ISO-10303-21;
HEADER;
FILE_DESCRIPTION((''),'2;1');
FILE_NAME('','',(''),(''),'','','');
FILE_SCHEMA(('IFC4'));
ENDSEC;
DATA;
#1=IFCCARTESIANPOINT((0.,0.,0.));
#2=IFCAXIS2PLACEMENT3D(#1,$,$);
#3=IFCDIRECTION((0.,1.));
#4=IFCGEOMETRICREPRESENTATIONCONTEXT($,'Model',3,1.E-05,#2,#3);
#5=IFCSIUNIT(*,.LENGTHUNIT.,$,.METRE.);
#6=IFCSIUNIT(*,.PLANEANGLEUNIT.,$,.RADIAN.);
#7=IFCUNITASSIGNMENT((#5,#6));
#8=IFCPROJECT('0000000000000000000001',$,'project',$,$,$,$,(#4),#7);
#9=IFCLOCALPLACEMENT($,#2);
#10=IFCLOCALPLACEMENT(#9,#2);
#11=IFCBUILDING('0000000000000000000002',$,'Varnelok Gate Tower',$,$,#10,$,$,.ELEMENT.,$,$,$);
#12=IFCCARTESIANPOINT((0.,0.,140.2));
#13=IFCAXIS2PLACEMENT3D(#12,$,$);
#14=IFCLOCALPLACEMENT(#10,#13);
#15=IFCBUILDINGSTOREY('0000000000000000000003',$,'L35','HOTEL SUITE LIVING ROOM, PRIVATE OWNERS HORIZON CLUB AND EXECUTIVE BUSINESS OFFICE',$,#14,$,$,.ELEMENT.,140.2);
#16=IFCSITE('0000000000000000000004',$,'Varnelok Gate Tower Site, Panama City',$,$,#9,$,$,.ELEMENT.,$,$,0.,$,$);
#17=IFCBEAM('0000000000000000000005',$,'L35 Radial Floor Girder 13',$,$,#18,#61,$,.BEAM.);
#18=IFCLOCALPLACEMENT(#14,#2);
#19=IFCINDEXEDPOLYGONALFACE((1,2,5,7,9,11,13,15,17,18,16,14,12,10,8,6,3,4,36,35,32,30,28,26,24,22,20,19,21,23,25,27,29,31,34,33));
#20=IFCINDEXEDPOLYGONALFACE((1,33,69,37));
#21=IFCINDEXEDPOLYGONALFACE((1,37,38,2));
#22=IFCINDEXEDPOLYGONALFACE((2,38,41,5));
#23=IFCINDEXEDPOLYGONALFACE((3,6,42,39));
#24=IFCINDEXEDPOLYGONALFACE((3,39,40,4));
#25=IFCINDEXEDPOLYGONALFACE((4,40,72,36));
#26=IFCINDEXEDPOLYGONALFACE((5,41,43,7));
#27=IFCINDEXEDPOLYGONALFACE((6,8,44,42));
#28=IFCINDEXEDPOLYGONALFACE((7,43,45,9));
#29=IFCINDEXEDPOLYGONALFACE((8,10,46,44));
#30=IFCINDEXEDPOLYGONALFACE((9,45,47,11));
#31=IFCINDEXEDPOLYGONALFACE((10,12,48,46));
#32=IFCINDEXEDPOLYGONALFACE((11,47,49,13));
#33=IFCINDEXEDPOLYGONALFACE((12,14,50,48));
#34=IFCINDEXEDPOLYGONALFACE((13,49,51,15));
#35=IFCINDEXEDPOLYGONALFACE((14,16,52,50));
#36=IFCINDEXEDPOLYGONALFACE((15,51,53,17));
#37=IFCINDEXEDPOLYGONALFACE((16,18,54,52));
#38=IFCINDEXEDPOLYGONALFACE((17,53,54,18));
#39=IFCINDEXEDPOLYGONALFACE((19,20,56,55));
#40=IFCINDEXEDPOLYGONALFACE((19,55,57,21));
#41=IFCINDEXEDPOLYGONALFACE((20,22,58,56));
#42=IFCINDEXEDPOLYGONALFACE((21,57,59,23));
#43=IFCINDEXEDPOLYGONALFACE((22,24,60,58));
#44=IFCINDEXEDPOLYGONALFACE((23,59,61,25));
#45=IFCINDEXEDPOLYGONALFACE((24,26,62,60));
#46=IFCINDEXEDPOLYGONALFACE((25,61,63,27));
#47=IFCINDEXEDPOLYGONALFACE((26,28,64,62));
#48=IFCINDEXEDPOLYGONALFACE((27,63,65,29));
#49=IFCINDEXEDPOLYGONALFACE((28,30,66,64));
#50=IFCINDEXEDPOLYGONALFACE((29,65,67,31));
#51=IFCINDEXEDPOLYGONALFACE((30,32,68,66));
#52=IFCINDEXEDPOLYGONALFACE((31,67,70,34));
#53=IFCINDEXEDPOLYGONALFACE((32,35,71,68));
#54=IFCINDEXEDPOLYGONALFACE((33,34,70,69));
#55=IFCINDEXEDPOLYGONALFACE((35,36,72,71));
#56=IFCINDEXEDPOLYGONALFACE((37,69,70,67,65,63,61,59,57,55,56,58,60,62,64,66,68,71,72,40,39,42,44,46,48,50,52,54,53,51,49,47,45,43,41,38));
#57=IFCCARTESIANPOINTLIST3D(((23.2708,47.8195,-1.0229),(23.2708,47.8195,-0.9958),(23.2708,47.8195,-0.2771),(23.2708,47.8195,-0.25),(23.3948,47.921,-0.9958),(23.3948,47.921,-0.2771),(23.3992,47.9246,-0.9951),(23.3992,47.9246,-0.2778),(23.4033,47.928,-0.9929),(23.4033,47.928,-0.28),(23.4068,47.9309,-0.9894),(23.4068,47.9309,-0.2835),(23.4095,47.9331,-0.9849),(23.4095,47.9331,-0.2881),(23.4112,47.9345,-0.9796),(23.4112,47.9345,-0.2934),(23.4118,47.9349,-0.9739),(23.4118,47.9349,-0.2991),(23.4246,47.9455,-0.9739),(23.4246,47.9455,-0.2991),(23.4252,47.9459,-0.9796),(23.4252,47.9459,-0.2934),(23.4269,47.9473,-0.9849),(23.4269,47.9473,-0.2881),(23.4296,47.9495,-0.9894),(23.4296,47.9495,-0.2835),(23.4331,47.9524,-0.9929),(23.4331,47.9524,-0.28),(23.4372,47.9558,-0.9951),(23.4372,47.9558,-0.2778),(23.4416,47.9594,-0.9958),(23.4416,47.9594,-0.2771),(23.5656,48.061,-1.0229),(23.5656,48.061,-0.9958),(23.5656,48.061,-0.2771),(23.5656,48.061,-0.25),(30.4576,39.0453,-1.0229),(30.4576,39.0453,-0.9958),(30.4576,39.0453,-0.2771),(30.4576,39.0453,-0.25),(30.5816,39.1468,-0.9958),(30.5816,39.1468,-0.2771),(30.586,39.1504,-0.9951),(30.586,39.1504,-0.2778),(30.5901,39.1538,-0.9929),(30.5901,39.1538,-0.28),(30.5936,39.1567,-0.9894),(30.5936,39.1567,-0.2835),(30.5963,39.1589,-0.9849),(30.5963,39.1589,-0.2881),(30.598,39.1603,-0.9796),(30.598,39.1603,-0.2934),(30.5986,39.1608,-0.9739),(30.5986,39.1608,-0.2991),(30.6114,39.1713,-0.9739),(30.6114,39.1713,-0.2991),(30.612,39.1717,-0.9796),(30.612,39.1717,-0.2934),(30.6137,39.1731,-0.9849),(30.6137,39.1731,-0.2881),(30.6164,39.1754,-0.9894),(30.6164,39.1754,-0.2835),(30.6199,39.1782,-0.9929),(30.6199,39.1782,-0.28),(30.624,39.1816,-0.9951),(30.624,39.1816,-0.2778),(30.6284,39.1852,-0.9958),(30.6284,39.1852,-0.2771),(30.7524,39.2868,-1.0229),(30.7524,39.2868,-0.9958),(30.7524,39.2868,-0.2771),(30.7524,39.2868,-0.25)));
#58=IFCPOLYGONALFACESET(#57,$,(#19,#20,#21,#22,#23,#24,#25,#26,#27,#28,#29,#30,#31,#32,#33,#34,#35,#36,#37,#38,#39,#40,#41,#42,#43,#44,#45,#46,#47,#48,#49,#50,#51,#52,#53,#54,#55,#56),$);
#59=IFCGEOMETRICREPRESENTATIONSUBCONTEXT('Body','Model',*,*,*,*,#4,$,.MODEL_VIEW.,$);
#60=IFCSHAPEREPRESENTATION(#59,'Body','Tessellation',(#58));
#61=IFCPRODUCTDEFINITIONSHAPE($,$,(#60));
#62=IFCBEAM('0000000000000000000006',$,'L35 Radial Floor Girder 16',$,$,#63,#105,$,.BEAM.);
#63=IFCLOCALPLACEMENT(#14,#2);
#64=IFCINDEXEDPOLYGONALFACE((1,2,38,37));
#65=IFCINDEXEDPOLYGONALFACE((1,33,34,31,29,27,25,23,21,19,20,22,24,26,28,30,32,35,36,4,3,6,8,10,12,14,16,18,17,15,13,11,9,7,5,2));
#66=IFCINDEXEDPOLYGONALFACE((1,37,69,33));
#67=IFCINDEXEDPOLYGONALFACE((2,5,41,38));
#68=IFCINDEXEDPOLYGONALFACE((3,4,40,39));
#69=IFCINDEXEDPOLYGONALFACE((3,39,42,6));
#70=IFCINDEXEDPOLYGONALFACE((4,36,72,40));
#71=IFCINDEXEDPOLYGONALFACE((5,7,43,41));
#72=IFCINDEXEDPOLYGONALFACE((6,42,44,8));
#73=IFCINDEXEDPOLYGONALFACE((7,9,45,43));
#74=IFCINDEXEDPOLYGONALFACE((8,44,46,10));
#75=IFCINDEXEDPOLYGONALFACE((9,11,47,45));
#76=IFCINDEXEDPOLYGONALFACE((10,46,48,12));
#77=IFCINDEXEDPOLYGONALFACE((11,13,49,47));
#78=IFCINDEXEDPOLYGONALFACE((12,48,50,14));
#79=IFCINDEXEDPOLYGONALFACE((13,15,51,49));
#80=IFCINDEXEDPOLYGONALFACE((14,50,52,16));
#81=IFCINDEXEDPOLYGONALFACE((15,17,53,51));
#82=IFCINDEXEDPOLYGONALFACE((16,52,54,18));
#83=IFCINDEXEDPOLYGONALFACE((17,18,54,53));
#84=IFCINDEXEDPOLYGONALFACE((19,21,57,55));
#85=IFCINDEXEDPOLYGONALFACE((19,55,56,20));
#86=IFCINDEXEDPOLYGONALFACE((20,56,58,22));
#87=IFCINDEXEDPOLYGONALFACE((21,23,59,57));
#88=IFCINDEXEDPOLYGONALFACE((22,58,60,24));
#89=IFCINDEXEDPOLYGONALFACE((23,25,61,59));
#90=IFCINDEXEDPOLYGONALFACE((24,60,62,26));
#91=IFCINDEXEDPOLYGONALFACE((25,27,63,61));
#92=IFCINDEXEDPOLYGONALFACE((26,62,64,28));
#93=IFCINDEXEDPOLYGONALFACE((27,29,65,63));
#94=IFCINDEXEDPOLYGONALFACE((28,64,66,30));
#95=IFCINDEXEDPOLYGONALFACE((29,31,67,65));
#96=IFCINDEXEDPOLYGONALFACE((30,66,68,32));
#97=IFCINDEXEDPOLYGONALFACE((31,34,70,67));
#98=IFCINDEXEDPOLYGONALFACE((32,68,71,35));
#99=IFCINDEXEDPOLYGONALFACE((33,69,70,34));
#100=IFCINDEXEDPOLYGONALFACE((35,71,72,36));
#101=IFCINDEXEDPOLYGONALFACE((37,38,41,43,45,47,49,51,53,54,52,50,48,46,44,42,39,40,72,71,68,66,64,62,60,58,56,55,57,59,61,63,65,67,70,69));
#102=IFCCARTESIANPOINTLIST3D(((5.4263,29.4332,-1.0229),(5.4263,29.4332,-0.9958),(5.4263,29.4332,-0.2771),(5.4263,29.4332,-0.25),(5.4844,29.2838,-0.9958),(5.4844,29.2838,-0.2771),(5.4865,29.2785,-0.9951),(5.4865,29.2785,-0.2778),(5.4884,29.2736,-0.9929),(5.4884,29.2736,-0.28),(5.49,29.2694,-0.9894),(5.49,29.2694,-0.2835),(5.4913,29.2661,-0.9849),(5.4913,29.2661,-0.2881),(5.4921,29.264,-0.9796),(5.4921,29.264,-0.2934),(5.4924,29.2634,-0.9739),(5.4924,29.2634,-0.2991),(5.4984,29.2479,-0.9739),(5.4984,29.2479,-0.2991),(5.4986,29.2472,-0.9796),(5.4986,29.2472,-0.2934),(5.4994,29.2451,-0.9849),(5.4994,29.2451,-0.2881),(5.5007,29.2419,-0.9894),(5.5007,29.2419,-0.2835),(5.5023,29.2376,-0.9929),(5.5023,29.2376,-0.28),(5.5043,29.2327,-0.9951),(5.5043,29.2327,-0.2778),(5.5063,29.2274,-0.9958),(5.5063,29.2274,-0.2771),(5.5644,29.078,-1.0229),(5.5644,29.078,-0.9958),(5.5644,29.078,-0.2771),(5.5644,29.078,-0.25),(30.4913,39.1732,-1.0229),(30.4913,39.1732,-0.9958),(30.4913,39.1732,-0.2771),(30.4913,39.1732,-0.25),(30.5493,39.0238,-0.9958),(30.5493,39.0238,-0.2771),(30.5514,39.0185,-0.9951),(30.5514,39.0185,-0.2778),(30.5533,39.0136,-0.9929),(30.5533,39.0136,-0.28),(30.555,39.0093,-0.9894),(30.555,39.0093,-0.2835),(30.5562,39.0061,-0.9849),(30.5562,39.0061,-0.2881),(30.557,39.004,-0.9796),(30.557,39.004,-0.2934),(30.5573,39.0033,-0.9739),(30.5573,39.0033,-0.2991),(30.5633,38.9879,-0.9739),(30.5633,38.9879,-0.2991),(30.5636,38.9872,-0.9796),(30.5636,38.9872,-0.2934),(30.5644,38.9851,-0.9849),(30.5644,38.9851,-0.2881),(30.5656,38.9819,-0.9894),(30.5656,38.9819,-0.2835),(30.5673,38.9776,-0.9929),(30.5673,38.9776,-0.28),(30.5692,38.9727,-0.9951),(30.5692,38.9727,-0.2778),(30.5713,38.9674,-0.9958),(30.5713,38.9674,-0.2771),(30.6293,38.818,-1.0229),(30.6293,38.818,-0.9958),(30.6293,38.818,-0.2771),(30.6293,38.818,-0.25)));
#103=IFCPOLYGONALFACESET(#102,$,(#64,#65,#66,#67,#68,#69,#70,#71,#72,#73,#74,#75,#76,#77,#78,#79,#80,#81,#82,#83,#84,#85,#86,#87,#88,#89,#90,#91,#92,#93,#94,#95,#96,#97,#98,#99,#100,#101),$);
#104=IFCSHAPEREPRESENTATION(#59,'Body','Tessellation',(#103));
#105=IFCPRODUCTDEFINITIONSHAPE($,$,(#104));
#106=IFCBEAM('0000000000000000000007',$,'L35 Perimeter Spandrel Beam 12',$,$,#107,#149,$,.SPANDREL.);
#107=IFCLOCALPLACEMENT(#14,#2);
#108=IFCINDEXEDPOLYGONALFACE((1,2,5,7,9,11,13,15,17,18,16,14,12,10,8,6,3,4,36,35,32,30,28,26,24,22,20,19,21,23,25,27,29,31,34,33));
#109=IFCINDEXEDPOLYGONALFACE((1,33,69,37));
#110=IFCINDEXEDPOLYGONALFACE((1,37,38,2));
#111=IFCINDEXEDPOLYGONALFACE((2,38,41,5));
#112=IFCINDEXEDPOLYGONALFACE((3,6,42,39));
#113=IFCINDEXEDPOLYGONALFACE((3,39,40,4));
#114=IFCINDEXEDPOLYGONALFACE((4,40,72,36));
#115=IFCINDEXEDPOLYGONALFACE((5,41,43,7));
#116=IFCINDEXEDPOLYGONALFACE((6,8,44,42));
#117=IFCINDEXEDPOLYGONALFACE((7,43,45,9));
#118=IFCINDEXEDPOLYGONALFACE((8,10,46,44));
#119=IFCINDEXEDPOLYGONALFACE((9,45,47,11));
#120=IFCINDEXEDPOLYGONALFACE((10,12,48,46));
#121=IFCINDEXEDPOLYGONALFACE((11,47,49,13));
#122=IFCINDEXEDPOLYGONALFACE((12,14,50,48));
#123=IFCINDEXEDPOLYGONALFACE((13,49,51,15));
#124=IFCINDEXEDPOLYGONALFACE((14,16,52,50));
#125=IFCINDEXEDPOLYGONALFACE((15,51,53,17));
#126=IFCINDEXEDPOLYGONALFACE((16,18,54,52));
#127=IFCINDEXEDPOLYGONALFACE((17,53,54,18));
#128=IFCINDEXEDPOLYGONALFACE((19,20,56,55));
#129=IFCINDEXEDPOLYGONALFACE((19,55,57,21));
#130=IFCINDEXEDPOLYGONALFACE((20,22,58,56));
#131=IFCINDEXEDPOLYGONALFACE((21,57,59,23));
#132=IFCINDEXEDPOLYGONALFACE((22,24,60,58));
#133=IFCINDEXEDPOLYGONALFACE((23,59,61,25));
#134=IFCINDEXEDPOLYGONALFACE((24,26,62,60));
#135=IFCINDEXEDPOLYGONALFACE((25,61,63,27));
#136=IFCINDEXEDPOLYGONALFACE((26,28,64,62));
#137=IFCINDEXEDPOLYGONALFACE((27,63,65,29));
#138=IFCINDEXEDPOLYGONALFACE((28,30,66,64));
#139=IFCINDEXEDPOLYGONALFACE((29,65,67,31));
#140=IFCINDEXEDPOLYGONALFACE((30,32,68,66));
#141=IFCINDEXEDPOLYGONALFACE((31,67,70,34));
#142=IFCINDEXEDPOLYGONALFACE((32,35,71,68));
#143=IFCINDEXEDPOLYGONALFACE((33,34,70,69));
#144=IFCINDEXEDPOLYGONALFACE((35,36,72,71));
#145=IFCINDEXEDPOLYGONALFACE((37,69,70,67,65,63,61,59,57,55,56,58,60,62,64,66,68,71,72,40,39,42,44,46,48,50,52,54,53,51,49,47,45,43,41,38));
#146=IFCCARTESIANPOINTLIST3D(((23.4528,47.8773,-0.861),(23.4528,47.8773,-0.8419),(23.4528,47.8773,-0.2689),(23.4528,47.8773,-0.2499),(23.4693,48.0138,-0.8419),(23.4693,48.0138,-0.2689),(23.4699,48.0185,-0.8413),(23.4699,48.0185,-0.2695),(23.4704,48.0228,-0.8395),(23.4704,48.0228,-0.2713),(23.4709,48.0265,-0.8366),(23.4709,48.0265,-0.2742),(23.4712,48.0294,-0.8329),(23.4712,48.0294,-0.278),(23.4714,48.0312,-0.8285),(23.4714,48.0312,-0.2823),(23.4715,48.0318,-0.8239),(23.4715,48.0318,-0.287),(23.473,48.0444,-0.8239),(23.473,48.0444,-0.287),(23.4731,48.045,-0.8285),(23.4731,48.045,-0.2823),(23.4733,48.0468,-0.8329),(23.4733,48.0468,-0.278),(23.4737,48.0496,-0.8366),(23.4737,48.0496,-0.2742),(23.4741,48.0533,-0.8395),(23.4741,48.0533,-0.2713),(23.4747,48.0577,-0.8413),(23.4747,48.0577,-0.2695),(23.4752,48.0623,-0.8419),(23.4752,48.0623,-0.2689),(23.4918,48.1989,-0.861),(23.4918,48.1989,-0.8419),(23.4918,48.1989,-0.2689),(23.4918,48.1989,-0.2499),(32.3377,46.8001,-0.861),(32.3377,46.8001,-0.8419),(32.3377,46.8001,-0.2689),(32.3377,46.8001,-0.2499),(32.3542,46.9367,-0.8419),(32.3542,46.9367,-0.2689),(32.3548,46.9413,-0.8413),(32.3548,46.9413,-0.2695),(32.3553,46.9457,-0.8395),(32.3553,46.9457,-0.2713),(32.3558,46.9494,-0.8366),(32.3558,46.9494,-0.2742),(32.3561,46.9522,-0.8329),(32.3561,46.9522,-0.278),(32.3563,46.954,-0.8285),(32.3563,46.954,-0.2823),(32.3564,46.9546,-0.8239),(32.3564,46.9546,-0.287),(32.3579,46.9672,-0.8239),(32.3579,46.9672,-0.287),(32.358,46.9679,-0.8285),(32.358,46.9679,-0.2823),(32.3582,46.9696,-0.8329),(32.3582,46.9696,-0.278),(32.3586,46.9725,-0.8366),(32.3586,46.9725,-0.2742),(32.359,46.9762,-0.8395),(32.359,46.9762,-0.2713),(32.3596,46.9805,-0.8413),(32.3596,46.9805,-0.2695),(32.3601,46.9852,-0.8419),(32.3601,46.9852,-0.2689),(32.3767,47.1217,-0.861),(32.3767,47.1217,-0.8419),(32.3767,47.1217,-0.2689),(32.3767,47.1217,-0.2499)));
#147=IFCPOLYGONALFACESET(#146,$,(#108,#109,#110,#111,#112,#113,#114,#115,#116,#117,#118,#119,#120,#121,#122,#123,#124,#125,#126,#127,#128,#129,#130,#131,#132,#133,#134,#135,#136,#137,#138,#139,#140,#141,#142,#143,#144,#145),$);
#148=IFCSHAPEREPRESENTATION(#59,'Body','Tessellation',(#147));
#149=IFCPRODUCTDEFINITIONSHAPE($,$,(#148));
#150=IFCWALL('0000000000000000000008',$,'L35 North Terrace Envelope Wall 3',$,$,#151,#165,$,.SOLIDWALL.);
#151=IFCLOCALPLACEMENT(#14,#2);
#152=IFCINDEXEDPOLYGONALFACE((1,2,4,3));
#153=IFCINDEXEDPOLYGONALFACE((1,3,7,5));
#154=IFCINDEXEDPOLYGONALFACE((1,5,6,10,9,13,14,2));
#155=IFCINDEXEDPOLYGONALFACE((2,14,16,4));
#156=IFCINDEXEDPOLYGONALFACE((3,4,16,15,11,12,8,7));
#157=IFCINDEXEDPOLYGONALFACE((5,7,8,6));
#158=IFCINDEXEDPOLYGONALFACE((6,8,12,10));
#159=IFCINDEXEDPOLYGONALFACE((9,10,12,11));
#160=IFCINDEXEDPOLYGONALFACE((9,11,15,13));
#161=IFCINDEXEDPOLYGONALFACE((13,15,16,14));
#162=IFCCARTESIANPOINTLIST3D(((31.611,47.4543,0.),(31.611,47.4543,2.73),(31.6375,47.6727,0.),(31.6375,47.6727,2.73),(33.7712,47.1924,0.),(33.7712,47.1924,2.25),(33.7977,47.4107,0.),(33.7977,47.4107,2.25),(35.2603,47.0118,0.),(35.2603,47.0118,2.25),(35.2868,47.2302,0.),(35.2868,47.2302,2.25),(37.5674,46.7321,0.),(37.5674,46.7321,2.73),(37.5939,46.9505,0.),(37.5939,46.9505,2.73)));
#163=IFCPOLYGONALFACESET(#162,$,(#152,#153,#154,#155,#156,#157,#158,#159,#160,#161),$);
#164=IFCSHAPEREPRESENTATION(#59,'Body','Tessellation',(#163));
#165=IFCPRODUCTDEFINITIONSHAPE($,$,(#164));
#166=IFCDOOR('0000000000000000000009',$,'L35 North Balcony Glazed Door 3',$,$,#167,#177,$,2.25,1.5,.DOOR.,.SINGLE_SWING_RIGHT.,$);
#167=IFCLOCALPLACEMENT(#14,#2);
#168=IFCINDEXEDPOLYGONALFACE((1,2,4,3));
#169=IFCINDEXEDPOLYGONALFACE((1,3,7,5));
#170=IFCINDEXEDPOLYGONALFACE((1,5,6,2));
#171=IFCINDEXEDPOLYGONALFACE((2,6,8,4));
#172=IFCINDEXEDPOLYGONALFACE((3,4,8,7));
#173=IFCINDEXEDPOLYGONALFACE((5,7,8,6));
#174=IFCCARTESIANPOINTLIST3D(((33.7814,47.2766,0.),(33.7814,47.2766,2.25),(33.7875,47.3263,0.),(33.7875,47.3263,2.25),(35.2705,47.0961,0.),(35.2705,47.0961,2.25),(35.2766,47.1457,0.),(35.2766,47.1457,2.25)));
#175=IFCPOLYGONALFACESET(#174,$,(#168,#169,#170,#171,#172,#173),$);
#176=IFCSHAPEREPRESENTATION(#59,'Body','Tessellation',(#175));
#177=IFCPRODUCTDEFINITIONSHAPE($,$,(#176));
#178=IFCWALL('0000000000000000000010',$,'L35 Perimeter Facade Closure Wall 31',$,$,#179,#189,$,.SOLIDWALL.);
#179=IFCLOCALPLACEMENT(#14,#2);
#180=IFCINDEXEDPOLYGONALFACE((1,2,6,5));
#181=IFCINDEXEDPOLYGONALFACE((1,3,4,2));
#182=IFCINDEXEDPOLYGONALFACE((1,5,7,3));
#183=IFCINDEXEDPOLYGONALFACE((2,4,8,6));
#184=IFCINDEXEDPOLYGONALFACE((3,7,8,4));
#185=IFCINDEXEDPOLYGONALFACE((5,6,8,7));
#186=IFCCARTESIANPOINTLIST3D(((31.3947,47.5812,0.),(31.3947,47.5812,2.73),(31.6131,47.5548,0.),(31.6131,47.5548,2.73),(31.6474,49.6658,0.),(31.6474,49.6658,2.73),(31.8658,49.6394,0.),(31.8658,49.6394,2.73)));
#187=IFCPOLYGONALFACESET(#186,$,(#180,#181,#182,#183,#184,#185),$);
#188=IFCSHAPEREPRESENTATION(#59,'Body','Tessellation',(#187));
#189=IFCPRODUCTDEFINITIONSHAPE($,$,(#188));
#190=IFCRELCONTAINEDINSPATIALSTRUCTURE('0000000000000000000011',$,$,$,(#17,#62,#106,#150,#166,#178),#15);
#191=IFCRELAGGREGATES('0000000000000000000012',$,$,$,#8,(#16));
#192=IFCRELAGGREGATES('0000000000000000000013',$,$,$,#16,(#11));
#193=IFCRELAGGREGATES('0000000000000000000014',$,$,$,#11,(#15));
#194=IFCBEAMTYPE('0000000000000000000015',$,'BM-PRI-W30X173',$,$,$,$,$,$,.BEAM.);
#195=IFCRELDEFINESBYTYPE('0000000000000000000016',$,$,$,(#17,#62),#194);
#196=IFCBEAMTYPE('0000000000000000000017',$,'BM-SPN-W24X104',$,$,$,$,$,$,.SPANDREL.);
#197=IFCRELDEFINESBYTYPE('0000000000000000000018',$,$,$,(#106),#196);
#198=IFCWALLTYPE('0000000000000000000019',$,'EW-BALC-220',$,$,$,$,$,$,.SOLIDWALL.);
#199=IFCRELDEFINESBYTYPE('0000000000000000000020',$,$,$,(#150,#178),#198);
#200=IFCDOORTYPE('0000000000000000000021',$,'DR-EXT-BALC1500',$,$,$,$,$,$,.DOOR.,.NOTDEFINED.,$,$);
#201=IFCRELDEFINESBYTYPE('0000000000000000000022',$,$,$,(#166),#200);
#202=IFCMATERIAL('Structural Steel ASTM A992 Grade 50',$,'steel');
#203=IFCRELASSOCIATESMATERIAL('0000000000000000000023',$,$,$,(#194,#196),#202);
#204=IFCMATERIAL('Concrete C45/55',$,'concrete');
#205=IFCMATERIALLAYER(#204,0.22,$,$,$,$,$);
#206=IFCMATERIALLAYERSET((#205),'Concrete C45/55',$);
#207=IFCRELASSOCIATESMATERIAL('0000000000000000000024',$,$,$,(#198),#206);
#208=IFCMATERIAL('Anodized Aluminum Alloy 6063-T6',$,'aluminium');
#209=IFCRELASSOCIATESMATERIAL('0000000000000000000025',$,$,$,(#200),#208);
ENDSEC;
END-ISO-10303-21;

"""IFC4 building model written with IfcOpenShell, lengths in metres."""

from ifc_helpers import new_model, si_unit, direction, frame, frame_2d, origin, origin_2d, place, context, subcontext, project, spatial, rectangle, i_section, extrude, material, layer, layer_set, material_profile, profile_set, type_object, element, fill, save


model = new_model("IFC4")

# Units and contexts
model_context = context("Model", 3, precision=1e-05, world=origin(), true_north=direction((0.0, 1.0)))
body_context = subcontext(model_context, "Body", "Model", "MODEL_VIEW")
ifc_project = project(units=[si_unit("LENGTHUNIT", "METRE"), si_unit("PLANEANGLEUNIT", "RADIAN")], contexts=[model_context])

# Site, building, storey
site_placement = place(None, origin())
site = spatial("IfcSite", under=ifc_project, at=site_placement, Name="Varnelok Gate Tower Site, Panama City", CompositionType="ELEMENT", RefElevation=0.0)
building_placement = place(site_placement, origin())
building = spatial("IfcBuilding", under=site, at=building_placement, Name="Varnelok Gate Tower", CompositionType="ELEMENT")
storey_placement = place(building_placement, frame((0.0, 0.0, 140.2)))
storey = spatial("IfcBuildingStorey", under=building, at=storey_placement, Name="L35", Description="HOTEL SUITE LIVING ROOM, PRIVATE OWNERS HORIZON CLUB AND EXECUTIVE BUSINESS OFFICE", CompositionType="ELEMENT", Elevation=140.2)

# Shared definitions
ifc_material_1 = material(Name="Structural Steel ASTM A992 Grade 50", Category="steel")

# Beams
ifc_material_profile_1 = material_profile(ifc_material_1, i_section(OverallWidth=0.3811, OverallDepth=0.7729, WebThickness=0.0166, FlangeThickness=0.0271, FilletRadius=0.022, at=origin_2d()), Name="W30X173")
ifc_profile_set_1 = profile_set([ifc_material_profile_1], Name="Structural Steel ASTM A992 Grade 50")
beam_type_1 = type_object("IfcBeamType", Name="BM-PRI-W30X173", PredefinedType="BEAM", material=ifc_profile_set_1)
beam_1_placement = place(storey_placement, frame((30.605, 39.166, -0.6365), z_axis=(-0.633655, 0.773616, 0.0), x_axis=(-0.773616, -0.633655, 0.0)))
element("IfcBeam", 1, at=beam_1_placement, inside=storey, type_object=beam_type_1, Name="L35 Radial Floor Girder 13", PredefinedType="BEAM", context=body_context, shape_type="SweptSolid", body=[
    extrude(i_section(OverallWidth=0.3811, OverallDepth=0.7729, WebThickness=0.0166, FlangeThickness=0.0271, FilletRadius=0.022, at=origin_2d()), origin(), (0.0, 0.0, 1.0), 11.3418),
])
beam_2_placement = place(storey_placement, frame((30.5603, 38.9956, -0.6365), z_axis=(-0.932099, -0.362204, 0.0), x_axis=(0.362204, -0.932099, 0.0)))
element("IfcBeam", 2, at=beam_2_placement, inside=storey, type_object=beam_type_1, Name="L35 Radial Floor Girder 16", PredefinedType="BEAM", context=body_context, shape_type="SweptSolid", body=[
    extrude(i_section(OverallWidth=0.3811, OverallDepth=0.7729, WebThickness=0.0166, FlangeThickness=0.0271, FilletRadius=0.022, at=origin_2d()), origin(), (0.0, 0.0, 1.0), 26.8909),
])
ifc_material_profile_2 = material_profile(ifc_material_1, i_section(OverallWidth=0.324, OverallDepth=0.6111, WebThickness=0.0127, FlangeThickness=0.019, FilletRadius=0.0181, at=origin_2d()), Name="W24X104")
ifc_profile_set_2 = profile_set([ifc_material_profile_2], Name="Structural Steel ASTM A992 Grade 50")
beam_type_2 = type_object("IfcBeamType", Name="BM-SPN-W24X104", PredefinedType="SPANDREL", material=ifc_profile_set_2)
beam_3_placement = place(storey_placement, frame((32.3572, 46.9609, -0.5554), z_axis=(-0.992731, 0.120351, 0.0), x_axis=(-0.120351, -0.992731, 0.0)))
element("IfcBeam", 3, at=beam_3_placement, inside=storey, type_object=beam_type_2, Name="L35 Perimeter Spandrel Beam 12", PredefinedType="SPANDREL", context=body_context, shape_type="SweptSolid", body=[
    extrude(i_section(OverallWidth=0.324, OverallDepth=0.6111, WebThickness=0.0127, FlangeThickness=0.019, FilletRadius=0.0181, at=origin_2d()), origin(), (0.0, 0.0, 1.0), 8.95),
])

# Wall, opening, door
ifc_material_2 = material(Name="Concrete C45/55", Category="concrete")
ifc_layer_1 = layer(ifc_material_2, 0.22)
ifc_layer_set_1 = layer_set([ifc_layer_1], Name="Concrete C45/55")
wall_type_1 = type_object("IfcWallType", Name="EW-BALC-220", PredefinedType="SOLIDWALL", material=ifc_layer_set_1)
wall_1_placement = place(storey_placement, frame((31.6243, 47.5635, 0.0), z_axis=(0.0, 0.0, 1.0), x_axis=(0.99273, -0.120363, 0.0)))
wall_1 = element("IfcWall", 4, at=wall_1_placement, inside=storey, type_object=wall_type_1, Name="L35 North Terrace Envelope Wall 3", PredefinedType="SOLIDWALL", context=body_context, shape_type="SweptSolid", body=[
    extrude(rectangle(XDim=6.0, YDim=0.22, at=frame_2d((3.0, 0.0))), origin(), (0.0, 0.0, 1.0), 2.73),
])
opening_1_placement = place(wall_1_placement, frame((2.176, 0.0, 0.0)))
opening_1 = element("IfcOpeningElement", 5, at=opening_1_placement, cuts=wall_1, PredefinedType="OPENING", context=body_context, shape_type="SweptSolid", body=[
    extrude(rectangle(XDim=1.5, YDim=2.25, at=frame_2d((0.75, 1.125))), frame((0.0, 0.1199, 0.0), z_axis=(0.0, -1.0, 0.0), x_axis=(1.0, 0.0, 0.0)), (0.0, 0.0, 1.0), 0.24),
])
ifc_material_3 = material(Name="Anodized Aluminum Alloy 6063-T6", Category="aluminium")
door_type_1 = type_object("IfcDoorType", Name="DR-EXT-BALC1500", OperationType="NOTDEFINED", PredefinedType="DOOR", material=ifc_material_3)
door_1_placement = place(opening_1_placement, origin())
door_1 = element("IfcDoor", 6, at=door_1_placement, inside=storey, type_object=door_type_1, Name="L35 North Balcony Glazed Door 3", OperationType="SINGLE_SWING_RIGHT", OverallHeight=2.25, OverallWidth=1.5, PredefinedType="DOOR", context=body_context, shape_type="SweptSolid", body=[
    extrude(rectangle(XDim=1.5, YDim=2.25, at=frame_2d((0.75, 1.125))), frame((0.0, 0.0249, 0.0), z_axis=(0.0, -1.0, 0.0), x_axis=(1.0, 0.0, 0.0)), (0.0, 0.0, 1.0), 0.05),
])
fill(opening_1, door_1)

# Wall
wall_2_placement = place(storey_placement, frame((31.5039, 47.5681, 0.0), z_axis=(0.0, 0.0, 1.0), x_axis=(0.120342, 0.992733, 0.0)))
element("IfcWall", 7, at=wall_2_placement, inside=storey, type_object=wall_type_1, Name="L35 Perimeter Facade Closure Wall 31", PredefinedType="SOLIDWALL", context=body_context, shape_type="SweptSolid", body=[
    extrude(rectangle(XDim=2.0999, YDim=0.22, at=frame_2d((1.0498, 0.0))), origin(), (0.0, 0.0, 1.0), 2.73),
])

save(model, "model.ifc")
